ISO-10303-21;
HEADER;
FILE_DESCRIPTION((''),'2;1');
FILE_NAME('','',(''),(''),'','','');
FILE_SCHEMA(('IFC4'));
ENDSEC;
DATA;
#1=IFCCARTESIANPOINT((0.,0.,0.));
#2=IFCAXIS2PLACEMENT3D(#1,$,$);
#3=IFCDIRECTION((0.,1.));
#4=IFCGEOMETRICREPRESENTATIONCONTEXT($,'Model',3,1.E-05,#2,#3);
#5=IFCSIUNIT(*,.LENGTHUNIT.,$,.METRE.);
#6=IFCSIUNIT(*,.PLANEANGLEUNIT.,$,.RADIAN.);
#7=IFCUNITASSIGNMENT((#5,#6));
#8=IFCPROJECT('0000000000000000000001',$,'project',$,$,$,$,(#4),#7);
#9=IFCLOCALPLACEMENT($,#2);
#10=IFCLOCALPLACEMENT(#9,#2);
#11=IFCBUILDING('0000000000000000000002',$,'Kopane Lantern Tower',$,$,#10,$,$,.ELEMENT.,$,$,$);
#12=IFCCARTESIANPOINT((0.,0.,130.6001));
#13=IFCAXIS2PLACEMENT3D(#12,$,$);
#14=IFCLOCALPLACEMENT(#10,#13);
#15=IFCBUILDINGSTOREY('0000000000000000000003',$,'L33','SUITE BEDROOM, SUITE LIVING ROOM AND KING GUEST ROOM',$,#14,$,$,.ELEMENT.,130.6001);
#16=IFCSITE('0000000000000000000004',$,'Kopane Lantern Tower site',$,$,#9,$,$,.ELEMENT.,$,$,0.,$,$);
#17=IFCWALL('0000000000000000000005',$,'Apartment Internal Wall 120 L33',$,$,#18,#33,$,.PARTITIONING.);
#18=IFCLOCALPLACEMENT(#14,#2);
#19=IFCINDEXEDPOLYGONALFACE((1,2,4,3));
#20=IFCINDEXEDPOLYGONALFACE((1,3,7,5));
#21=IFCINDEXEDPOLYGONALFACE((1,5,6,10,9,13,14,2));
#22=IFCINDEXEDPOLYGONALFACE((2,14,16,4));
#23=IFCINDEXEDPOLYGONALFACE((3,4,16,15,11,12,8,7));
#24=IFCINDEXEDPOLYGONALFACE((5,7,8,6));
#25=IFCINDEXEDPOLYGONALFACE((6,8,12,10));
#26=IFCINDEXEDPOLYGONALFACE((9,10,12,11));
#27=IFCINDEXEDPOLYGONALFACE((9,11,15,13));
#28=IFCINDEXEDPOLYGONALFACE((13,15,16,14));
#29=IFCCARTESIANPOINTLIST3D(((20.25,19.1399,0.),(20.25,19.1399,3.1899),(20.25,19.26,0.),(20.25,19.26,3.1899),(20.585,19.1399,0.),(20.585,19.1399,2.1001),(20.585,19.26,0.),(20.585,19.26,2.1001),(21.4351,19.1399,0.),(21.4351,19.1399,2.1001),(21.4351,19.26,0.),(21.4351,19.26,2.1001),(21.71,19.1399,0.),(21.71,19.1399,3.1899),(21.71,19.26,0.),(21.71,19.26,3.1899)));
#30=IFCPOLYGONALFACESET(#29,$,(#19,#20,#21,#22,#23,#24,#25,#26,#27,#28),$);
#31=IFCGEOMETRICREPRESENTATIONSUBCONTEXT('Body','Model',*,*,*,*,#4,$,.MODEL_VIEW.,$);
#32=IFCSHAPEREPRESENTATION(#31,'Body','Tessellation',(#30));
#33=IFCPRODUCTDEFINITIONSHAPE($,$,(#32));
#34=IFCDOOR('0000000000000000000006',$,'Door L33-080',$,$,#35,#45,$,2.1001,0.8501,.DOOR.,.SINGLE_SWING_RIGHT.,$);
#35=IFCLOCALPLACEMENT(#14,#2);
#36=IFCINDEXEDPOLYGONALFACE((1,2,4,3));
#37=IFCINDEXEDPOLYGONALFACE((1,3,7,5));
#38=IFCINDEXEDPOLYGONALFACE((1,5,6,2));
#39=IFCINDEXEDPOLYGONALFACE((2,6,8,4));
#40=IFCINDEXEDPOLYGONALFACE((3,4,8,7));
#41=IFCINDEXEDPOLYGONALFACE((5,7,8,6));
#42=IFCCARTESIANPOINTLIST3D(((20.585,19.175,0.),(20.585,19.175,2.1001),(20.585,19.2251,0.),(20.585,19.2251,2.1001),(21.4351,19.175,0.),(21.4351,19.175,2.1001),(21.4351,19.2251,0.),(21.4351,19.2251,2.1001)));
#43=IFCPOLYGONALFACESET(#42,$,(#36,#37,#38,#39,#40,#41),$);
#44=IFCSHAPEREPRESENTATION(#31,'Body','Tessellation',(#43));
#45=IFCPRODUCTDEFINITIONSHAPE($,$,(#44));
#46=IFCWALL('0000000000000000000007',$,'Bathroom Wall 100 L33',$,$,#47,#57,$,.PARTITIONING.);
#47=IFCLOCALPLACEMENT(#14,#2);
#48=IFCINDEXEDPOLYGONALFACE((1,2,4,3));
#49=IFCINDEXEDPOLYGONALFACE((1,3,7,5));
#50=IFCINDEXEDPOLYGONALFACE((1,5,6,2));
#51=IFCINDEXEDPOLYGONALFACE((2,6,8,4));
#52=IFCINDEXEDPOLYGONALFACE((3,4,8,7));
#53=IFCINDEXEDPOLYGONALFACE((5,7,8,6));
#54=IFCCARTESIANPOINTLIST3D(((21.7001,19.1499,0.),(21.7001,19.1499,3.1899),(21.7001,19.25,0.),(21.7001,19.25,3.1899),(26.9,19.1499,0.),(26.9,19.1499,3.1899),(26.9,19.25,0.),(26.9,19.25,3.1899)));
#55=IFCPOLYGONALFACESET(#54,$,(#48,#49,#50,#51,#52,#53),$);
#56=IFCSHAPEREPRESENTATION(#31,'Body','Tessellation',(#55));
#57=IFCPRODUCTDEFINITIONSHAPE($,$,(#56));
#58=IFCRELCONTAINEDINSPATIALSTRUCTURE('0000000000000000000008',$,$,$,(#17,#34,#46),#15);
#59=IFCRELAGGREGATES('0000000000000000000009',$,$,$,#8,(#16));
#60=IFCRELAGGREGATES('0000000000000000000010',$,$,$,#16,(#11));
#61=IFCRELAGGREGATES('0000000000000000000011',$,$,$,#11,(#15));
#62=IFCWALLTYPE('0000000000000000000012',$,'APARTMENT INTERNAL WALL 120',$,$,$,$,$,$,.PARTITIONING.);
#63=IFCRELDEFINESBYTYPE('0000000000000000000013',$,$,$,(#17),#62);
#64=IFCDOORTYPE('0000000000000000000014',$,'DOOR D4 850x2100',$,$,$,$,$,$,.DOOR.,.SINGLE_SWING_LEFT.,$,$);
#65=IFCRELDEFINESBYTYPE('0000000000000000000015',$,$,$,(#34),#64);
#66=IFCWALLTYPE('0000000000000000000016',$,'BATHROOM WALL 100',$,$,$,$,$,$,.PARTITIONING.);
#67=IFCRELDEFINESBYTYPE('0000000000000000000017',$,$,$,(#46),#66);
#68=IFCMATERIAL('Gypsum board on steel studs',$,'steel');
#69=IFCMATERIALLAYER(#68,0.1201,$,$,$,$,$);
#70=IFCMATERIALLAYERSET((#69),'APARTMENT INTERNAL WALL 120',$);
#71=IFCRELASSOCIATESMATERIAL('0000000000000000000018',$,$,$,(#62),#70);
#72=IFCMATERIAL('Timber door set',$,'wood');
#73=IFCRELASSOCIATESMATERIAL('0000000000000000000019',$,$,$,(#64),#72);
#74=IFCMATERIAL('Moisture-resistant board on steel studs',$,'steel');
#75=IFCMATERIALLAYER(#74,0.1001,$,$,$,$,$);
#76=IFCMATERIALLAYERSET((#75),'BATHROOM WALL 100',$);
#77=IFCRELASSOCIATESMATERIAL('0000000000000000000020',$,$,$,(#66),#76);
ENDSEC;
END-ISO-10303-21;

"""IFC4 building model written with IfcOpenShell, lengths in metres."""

from ifc_helpers import new_model, si_unit, direction, frame, frame_2d, origin, place, context, subcontext, project, spatial, rectangle, extrude, material, layer, layer_set, type_object, element, fill, save


model = new_model("IFC4")

# Units and contexts
model_context = context("Model", 3, precision=1e-05, world=origin(), true_north=direction((0.0, 1.0)))
body_context = subcontext(model_context, "Body", "Model", "MODEL_VIEW")
ifc_project = project(units=[si_unit("LENGTHUNIT", "METRE"), si_unit("PLANEANGLEUNIT", "RADIAN")], contexts=[model_context])

# Site, building, storey
site_placement = place(None, origin())
site = spatial("IfcSite", under=ifc_project, at=site_placement, Name="Kopane Lantern Tower site", CompositionType="ELEMENT", RefElevation=0.0)
building_placement = place(site_placement, origin())
building = spatial("IfcBuilding", under=site, at=building_placement, Name="Kopane Lantern Tower", CompositionType="ELEMENT")
storey_placement = place(building_placement, frame((0.0, 0.0, 130.6001)))
storey = spatial("IfcBuildingStorey", under=building, at=storey_placement, Name="L33", Description="SUITE BEDROOM, SUITE LIVING ROOM AND KING GUEST ROOM", CompositionType="ELEMENT", Elevation=130.6001)

# Wall, opening, door
ifc_material_1 = material(Name="Gypsum board on steel studs", Category="steel")
ifc_layer_1 = layer(ifc_material_1, 0.1201)
ifc_layer_set_1 = layer_set([ifc_layer_1], Name="APARTMENT INTERNAL WALL 120")
wall_type_1 = type_object("IfcWallType", Name="APARTMENT INTERNAL WALL 120", PredefinedType="PARTITIONING", material=ifc_layer_set_1)
ifc_material_2 = material(Name="Timber door set", Category="wood")
door_type = type_object("IfcDoorType", Name="DOOR D4 850x2100", OperationType="SINGLE_SWING_LEFT", PredefinedType="DOOR", material=ifc_material_2)
wall_1_placement = place(storey_placement, frame((21.71, 19.2, 0.0), z_axis=(0.0, 0.0, 1.0), x_axis=(-1.0, 0.0, 0.0)))
wall_1 = element("IfcWall", 1, at=wall_1_placement, inside=storey, type_object=wall_type_1, Name="Apartment Internal Wall 120 L33", PredefinedType="PARTITIONING", context=body_context, shape_type="SweptSolid", body=[
    extrude(rectangle(XDim=1.46, YDim=0.1201, at=frame_2d((0.73, 0.0))), origin(), (0.0, 0.0, 1.0), 3.1899),
])
opening_1_placement = place(wall_1_placement, frame((0.2749, 0.0, 0.0)))
opening_1 = element("IfcOpeningElement", 2, at=opening_1_placement, cuts=wall_1, PredefinedType="OPENING", context=body_context, shape_type="SweptSolid", body=[
    extrude(rectangle(XDim=0.8501, YDim=2.1001, at=frame_2d((0.425, 1.05))), frame((0.0, 0.0701, 0.0), z_axis=(0.0, -1.0, 0.0), x_axis=(1.0, 0.0, 0.0)), (0.0, 0.0, 1.0), 0.1401),
])
door_1_placement = place(opening_1_placement, origin())
door_1 = element("IfcDoor", 3, at=door_1_placement, inside=storey, type_object=door_type, Name="Door L33-080", OperationType="SINGLE_SWING_RIGHT", OverallHeight=2.1001, OverallWidth=0.8501, PredefinedType="DOOR", context=body_context, shape_type="SweptSolid", body=[
    extrude(rectangle(XDim=0.8501, YDim=2.1001, at=frame_2d((0.425, 1.05))), frame((0.0, 0.0249, 0.0), z_axis=(0.0, -1.0, 0.0), x_axis=(1.0, 0.0, 0.0)), (0.0, 0.0, 1.0), 0.05),
])
fill(opening_1, door_1)

# Wall
ifc_material_3 = material(Name="Moisture-resistant board on steel studs", Category="steel")
ifc_layer_2 = layer(ifc_material_3, 0.1001)
ifc_layer_set_2 = layer_set([ifc_layer_2], Name="BATHROOM WALL 100")
wall_type_2 = type_object("IfcWallType", Name="BATHROOM WALL 100", PredefinedType="PARTITIONING", material=ifc_layer_set_2)
wall_2_placement = place(storey_placement, frame((21.7, 19.2, 0.0), z_axis=(0.0, 0.0, 1.0), x_axis=(1.0, 0.0, 0.0)))
element("IfcWall", 4, at=wall_2_placement, inside=storey, type_object=wall_type_2, Name="Bathroom Wall 100 L33", PredefinedType="PARTITIONING", context=body_context, shape_type="SweptSolid", body=[
    extrude(rectangle(XDim=5.2, YDim=0.1001, at=frame_2d((2.6001, 0.0))), origin(), (0.0, 0.0, 1.0), 3.1899),
])

save(model, "model.ifc")
